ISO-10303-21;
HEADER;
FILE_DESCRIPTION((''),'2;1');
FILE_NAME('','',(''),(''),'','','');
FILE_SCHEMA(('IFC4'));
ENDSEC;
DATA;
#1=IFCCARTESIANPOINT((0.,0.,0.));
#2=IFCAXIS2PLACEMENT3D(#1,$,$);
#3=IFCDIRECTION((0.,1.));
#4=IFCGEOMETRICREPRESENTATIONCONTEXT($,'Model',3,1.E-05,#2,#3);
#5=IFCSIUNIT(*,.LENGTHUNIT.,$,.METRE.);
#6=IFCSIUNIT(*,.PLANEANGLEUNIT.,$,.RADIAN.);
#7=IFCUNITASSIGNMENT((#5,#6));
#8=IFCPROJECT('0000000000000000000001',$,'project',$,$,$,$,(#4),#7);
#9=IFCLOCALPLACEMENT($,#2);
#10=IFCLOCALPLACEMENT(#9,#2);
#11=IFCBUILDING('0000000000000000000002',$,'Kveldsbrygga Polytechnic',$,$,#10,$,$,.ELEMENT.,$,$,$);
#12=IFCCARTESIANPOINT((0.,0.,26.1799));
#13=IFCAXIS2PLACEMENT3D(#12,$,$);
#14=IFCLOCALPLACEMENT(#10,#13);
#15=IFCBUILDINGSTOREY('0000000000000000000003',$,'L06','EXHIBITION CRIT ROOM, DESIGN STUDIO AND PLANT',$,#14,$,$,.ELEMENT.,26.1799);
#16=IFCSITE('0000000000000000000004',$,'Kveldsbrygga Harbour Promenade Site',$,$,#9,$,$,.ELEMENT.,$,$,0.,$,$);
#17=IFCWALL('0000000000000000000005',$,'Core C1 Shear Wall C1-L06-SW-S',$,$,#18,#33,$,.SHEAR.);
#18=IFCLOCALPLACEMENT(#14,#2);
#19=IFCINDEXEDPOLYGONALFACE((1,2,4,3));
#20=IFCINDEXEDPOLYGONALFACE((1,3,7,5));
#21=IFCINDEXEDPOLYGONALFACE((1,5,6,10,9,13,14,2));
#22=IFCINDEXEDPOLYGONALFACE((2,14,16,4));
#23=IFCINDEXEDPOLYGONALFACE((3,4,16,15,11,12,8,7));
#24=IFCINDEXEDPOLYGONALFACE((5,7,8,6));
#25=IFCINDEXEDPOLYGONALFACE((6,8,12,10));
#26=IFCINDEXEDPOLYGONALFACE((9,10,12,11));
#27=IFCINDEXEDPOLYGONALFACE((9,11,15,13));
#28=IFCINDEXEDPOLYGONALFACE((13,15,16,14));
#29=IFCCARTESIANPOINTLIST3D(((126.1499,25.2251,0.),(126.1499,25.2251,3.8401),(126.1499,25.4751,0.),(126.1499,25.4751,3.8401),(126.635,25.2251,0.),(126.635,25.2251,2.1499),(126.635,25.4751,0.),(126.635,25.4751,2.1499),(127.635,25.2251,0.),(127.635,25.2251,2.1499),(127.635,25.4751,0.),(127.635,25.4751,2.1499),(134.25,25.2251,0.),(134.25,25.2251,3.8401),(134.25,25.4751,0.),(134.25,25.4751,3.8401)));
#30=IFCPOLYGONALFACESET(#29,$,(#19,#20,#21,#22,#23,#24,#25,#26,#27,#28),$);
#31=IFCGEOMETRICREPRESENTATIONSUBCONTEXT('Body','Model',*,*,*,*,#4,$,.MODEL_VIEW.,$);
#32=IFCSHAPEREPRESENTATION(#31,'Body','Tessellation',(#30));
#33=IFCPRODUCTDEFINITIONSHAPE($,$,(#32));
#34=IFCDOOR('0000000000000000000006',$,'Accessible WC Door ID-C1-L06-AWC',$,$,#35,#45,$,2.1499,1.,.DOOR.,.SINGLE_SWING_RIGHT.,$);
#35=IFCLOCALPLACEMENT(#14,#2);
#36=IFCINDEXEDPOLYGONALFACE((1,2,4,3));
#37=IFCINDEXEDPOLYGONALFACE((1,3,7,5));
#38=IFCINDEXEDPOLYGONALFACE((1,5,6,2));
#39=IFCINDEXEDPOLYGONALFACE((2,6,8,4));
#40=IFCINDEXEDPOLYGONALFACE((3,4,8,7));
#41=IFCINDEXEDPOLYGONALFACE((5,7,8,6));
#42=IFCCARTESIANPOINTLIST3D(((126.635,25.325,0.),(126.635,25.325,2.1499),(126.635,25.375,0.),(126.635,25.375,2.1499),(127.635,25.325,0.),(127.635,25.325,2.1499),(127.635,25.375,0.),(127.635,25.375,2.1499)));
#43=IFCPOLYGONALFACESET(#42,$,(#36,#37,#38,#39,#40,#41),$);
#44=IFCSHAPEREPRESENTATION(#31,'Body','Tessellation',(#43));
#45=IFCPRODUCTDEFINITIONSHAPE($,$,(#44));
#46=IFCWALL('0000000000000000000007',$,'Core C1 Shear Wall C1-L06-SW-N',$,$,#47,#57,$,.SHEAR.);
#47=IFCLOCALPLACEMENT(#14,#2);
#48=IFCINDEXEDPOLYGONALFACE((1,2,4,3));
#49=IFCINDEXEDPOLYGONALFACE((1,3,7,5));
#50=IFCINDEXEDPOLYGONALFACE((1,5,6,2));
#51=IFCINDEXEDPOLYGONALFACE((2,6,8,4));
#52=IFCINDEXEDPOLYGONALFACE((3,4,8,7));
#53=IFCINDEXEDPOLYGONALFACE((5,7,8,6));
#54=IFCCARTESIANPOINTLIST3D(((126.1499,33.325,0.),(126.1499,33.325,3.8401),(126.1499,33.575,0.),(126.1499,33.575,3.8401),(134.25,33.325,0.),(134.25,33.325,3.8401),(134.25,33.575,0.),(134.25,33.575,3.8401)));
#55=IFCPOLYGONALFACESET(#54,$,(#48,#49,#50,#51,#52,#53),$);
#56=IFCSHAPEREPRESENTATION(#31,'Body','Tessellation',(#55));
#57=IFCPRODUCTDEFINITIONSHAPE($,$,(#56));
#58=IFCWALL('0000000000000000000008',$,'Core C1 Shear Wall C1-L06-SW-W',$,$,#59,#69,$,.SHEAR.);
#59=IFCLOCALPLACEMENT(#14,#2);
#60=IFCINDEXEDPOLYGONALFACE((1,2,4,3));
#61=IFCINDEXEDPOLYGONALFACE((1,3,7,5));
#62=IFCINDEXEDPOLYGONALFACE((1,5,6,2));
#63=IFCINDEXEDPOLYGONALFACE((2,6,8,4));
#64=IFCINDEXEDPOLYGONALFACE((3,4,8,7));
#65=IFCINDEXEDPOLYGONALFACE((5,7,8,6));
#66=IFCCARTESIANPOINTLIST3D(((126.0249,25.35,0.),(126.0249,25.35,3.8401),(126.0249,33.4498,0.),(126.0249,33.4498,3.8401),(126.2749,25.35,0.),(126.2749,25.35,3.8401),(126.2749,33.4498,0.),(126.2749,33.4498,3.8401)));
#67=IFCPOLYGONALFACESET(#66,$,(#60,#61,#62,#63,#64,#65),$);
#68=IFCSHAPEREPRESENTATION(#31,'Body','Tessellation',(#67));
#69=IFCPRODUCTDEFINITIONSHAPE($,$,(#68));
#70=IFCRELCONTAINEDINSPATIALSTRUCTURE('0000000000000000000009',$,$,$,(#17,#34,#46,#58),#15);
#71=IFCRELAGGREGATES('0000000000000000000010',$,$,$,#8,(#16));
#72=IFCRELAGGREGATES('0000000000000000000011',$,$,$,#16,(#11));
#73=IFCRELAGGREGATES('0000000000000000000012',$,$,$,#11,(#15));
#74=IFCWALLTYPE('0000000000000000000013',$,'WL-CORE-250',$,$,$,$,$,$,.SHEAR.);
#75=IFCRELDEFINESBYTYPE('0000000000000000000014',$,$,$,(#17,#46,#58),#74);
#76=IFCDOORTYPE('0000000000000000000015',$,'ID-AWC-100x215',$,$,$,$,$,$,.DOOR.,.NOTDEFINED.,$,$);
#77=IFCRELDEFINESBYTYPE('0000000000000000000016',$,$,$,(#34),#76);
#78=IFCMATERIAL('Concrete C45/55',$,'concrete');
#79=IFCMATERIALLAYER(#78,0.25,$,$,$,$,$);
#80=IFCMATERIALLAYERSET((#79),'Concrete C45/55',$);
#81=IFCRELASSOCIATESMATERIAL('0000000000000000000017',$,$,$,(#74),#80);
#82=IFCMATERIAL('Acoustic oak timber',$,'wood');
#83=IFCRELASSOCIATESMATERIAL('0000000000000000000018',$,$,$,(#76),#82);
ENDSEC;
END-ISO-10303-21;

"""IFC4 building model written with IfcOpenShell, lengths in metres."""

from ifc_helpers import new_model, si_unit, direction, frame, frame_2d, origin, place, context, subcontext, project, spatial, rectangle, extrude, material, layer, layer_set, type_object, element, fill, save


model = new_model("IFC4")

# Units and contexts
model_context = context("Model", 3, precision=1e-05, world=origin(), true_north=direction((0.0, 1.0)))
body_context = subcontext(model_context, "Body", "Model", "MODEL_VIEW")
ifc_project = project(units=[si_unit("LENGTHUNIT", "METRE"), si_unit("PLANEANGLEUNIT", "RADIAN")], contexts=[model_context])

# Site, building, storey
site_placement = place(None, origin())
site = spatial("IfcSite", under=ifc_project, at=site_placement, Name="Kveldsbrygga Harbour Promenade Site", CompositionType="ELEMENT", RefElevation=0.0)
building_placement = place(site_placement, origin())
building = spatial("IfcBuilding", under=site, at=building_placement, Name="Kveldsbrygga Polytechnic", CompositionType="ELEMENT")
storey_placement = place(building_placement, frame((0.0, 0.0, 26.1799)))
storey = spatial("IfcBuildingStorey", under=building, at=storey_placement, Name="L06", Description="EXHIBITION CRIT ROOM, DESIGN STUDIO AND PLANT", CompositionType="ELEMENT", Elevation=26.1799)

# Wall, opening, door
ifc_material_1 = material(Name="Concrete C45/55", Category="concrete")
ifc_layer_1 = layer(ifc_material_1, 0.25)
ifc_layer_set_1 = layer_set([ifc_layer_1], Name="Concrete C45/55")
wall_type_1 = type_object("IfcWallType", Name="WL-CORE-250", PredefinedType="SHEAR", material=ifc_layer_set_1)
wall_1_placement = place(storey_placement, frame((126.1499, 25.3501, 0.0), z_axis=(0.0, 0.0, 1.0), x_axis=(1.0, 0.0, 0.0)))
wall_1 = element("IfcWall", 1, at=wall_1_placement, inside=storey, type_object=wall_type_1, Name="Core C1 Shear Wall C1-L06-SW-S", PredefinedType="SHEAR", context=body_context, shape_type="SweptSolid", body=[
    extrude(rectangle(XDim=8.1001, YDim=0.25, at=frame_2d((4.05, 0.0))), origin(), (0.0, 0.0, 1.0), 3.8401),
])
opening_1_placement = place(wall_1_placement, frame((0.4851, 0.0, 0.0)))
opening_1 = element("IfcOpeningElement", 2, at=opening_1_placement, cuts=wall_1, PredefinedType="OPENING", context=body_context, shape_type="SweptSolid", body=[
    extrude(rectangle(XDim=1.0, YDim=2.1499, at=frame_2d((0.5, 1.075))), frame((0.0, 0.135, 0.0), z_axis=(0.0, -1.0, 0.0), x_axis=(1.0, 0.0, 0.0)), (0.0, 0.0, 1.0), 0.27),
])
ifc_material_2 = material(Name="Acoustic oak timber", Category="wood")
door_type = type_object("IfcDoorType", Name="ID-AWC-100x215", OperationType="NOTDEFINED", PredefinedType="DOOR", material=ifc_material_2)
door_placement = place(opening_1_placement, origin())
door = element("IfcDoor", 3, at=door_placement, inside=storey, type_object=door_type, Name="Accessible WC Door ID-C1-L06-AWC", OperationType="SINGLE_SWING_RIGHT", OverallHeight=2.1499, OverallWidth=1.0, PredefinedType="DOOR", context=body_context, shape_type="SweptSolid", body=[
    extrude(rectangle(XDim=1.0, YDim=2.1499, at=frame_2d((0.5, 1.075))), frame((0.0, 0.0249, 0.0), z_axis=(0.0, -1.0, 0.0), x_axis=(1.0, 0.0, 0.0)), (0.0, 0.0, 1.0), 0.05),
])
fill(opening_1, door)

# Walls
wall_2_placement = place(storey_placement, frame((126.1499, 33.45, 0.0), z_axis=(0.0, 0.0, 1.0), x_axis=(1.0, 0.0, 0.0)))
element("IfcWall", 4, at=wall_2_placement, inside=storey, type_object=wall_type_1, Name="Core C1 Shear Wall C1-L06-SW-N", PredefinedType="SHEAR", context=body_context, shape_type="SweptSolid", body=[
    extrude(rectangle(XDim=8.1001, YDim=0.25, at=frame_2d((4.05, 0.0))), origin(), (0.0, 0.0, 1.0), 3.8401),
])
wall_3_placement = place(storey_placement, frame((126.1499, 25.3501, 0.0), z_axis=(0.0, 0.0, 1.0), x_axis=(0.0, 1.0, 0.0)))
element("IfcWall", 5, at=wall_3_placement, inside=storey, type_object=wall_type_1, Name="Core C1 Shear Wall C1-L06-SW-W", PredefinedType="SHEAR", context=body_context, shape_type="SweptSolid", body=[
    extrude(rectangle(XDim=8.0999, YDim=0.25, at=frame_2d((4.0498, 0.0))), origin(), (0.0, 0.0, 1.0), 3.8401),
])

save(model, "model.ifc")
